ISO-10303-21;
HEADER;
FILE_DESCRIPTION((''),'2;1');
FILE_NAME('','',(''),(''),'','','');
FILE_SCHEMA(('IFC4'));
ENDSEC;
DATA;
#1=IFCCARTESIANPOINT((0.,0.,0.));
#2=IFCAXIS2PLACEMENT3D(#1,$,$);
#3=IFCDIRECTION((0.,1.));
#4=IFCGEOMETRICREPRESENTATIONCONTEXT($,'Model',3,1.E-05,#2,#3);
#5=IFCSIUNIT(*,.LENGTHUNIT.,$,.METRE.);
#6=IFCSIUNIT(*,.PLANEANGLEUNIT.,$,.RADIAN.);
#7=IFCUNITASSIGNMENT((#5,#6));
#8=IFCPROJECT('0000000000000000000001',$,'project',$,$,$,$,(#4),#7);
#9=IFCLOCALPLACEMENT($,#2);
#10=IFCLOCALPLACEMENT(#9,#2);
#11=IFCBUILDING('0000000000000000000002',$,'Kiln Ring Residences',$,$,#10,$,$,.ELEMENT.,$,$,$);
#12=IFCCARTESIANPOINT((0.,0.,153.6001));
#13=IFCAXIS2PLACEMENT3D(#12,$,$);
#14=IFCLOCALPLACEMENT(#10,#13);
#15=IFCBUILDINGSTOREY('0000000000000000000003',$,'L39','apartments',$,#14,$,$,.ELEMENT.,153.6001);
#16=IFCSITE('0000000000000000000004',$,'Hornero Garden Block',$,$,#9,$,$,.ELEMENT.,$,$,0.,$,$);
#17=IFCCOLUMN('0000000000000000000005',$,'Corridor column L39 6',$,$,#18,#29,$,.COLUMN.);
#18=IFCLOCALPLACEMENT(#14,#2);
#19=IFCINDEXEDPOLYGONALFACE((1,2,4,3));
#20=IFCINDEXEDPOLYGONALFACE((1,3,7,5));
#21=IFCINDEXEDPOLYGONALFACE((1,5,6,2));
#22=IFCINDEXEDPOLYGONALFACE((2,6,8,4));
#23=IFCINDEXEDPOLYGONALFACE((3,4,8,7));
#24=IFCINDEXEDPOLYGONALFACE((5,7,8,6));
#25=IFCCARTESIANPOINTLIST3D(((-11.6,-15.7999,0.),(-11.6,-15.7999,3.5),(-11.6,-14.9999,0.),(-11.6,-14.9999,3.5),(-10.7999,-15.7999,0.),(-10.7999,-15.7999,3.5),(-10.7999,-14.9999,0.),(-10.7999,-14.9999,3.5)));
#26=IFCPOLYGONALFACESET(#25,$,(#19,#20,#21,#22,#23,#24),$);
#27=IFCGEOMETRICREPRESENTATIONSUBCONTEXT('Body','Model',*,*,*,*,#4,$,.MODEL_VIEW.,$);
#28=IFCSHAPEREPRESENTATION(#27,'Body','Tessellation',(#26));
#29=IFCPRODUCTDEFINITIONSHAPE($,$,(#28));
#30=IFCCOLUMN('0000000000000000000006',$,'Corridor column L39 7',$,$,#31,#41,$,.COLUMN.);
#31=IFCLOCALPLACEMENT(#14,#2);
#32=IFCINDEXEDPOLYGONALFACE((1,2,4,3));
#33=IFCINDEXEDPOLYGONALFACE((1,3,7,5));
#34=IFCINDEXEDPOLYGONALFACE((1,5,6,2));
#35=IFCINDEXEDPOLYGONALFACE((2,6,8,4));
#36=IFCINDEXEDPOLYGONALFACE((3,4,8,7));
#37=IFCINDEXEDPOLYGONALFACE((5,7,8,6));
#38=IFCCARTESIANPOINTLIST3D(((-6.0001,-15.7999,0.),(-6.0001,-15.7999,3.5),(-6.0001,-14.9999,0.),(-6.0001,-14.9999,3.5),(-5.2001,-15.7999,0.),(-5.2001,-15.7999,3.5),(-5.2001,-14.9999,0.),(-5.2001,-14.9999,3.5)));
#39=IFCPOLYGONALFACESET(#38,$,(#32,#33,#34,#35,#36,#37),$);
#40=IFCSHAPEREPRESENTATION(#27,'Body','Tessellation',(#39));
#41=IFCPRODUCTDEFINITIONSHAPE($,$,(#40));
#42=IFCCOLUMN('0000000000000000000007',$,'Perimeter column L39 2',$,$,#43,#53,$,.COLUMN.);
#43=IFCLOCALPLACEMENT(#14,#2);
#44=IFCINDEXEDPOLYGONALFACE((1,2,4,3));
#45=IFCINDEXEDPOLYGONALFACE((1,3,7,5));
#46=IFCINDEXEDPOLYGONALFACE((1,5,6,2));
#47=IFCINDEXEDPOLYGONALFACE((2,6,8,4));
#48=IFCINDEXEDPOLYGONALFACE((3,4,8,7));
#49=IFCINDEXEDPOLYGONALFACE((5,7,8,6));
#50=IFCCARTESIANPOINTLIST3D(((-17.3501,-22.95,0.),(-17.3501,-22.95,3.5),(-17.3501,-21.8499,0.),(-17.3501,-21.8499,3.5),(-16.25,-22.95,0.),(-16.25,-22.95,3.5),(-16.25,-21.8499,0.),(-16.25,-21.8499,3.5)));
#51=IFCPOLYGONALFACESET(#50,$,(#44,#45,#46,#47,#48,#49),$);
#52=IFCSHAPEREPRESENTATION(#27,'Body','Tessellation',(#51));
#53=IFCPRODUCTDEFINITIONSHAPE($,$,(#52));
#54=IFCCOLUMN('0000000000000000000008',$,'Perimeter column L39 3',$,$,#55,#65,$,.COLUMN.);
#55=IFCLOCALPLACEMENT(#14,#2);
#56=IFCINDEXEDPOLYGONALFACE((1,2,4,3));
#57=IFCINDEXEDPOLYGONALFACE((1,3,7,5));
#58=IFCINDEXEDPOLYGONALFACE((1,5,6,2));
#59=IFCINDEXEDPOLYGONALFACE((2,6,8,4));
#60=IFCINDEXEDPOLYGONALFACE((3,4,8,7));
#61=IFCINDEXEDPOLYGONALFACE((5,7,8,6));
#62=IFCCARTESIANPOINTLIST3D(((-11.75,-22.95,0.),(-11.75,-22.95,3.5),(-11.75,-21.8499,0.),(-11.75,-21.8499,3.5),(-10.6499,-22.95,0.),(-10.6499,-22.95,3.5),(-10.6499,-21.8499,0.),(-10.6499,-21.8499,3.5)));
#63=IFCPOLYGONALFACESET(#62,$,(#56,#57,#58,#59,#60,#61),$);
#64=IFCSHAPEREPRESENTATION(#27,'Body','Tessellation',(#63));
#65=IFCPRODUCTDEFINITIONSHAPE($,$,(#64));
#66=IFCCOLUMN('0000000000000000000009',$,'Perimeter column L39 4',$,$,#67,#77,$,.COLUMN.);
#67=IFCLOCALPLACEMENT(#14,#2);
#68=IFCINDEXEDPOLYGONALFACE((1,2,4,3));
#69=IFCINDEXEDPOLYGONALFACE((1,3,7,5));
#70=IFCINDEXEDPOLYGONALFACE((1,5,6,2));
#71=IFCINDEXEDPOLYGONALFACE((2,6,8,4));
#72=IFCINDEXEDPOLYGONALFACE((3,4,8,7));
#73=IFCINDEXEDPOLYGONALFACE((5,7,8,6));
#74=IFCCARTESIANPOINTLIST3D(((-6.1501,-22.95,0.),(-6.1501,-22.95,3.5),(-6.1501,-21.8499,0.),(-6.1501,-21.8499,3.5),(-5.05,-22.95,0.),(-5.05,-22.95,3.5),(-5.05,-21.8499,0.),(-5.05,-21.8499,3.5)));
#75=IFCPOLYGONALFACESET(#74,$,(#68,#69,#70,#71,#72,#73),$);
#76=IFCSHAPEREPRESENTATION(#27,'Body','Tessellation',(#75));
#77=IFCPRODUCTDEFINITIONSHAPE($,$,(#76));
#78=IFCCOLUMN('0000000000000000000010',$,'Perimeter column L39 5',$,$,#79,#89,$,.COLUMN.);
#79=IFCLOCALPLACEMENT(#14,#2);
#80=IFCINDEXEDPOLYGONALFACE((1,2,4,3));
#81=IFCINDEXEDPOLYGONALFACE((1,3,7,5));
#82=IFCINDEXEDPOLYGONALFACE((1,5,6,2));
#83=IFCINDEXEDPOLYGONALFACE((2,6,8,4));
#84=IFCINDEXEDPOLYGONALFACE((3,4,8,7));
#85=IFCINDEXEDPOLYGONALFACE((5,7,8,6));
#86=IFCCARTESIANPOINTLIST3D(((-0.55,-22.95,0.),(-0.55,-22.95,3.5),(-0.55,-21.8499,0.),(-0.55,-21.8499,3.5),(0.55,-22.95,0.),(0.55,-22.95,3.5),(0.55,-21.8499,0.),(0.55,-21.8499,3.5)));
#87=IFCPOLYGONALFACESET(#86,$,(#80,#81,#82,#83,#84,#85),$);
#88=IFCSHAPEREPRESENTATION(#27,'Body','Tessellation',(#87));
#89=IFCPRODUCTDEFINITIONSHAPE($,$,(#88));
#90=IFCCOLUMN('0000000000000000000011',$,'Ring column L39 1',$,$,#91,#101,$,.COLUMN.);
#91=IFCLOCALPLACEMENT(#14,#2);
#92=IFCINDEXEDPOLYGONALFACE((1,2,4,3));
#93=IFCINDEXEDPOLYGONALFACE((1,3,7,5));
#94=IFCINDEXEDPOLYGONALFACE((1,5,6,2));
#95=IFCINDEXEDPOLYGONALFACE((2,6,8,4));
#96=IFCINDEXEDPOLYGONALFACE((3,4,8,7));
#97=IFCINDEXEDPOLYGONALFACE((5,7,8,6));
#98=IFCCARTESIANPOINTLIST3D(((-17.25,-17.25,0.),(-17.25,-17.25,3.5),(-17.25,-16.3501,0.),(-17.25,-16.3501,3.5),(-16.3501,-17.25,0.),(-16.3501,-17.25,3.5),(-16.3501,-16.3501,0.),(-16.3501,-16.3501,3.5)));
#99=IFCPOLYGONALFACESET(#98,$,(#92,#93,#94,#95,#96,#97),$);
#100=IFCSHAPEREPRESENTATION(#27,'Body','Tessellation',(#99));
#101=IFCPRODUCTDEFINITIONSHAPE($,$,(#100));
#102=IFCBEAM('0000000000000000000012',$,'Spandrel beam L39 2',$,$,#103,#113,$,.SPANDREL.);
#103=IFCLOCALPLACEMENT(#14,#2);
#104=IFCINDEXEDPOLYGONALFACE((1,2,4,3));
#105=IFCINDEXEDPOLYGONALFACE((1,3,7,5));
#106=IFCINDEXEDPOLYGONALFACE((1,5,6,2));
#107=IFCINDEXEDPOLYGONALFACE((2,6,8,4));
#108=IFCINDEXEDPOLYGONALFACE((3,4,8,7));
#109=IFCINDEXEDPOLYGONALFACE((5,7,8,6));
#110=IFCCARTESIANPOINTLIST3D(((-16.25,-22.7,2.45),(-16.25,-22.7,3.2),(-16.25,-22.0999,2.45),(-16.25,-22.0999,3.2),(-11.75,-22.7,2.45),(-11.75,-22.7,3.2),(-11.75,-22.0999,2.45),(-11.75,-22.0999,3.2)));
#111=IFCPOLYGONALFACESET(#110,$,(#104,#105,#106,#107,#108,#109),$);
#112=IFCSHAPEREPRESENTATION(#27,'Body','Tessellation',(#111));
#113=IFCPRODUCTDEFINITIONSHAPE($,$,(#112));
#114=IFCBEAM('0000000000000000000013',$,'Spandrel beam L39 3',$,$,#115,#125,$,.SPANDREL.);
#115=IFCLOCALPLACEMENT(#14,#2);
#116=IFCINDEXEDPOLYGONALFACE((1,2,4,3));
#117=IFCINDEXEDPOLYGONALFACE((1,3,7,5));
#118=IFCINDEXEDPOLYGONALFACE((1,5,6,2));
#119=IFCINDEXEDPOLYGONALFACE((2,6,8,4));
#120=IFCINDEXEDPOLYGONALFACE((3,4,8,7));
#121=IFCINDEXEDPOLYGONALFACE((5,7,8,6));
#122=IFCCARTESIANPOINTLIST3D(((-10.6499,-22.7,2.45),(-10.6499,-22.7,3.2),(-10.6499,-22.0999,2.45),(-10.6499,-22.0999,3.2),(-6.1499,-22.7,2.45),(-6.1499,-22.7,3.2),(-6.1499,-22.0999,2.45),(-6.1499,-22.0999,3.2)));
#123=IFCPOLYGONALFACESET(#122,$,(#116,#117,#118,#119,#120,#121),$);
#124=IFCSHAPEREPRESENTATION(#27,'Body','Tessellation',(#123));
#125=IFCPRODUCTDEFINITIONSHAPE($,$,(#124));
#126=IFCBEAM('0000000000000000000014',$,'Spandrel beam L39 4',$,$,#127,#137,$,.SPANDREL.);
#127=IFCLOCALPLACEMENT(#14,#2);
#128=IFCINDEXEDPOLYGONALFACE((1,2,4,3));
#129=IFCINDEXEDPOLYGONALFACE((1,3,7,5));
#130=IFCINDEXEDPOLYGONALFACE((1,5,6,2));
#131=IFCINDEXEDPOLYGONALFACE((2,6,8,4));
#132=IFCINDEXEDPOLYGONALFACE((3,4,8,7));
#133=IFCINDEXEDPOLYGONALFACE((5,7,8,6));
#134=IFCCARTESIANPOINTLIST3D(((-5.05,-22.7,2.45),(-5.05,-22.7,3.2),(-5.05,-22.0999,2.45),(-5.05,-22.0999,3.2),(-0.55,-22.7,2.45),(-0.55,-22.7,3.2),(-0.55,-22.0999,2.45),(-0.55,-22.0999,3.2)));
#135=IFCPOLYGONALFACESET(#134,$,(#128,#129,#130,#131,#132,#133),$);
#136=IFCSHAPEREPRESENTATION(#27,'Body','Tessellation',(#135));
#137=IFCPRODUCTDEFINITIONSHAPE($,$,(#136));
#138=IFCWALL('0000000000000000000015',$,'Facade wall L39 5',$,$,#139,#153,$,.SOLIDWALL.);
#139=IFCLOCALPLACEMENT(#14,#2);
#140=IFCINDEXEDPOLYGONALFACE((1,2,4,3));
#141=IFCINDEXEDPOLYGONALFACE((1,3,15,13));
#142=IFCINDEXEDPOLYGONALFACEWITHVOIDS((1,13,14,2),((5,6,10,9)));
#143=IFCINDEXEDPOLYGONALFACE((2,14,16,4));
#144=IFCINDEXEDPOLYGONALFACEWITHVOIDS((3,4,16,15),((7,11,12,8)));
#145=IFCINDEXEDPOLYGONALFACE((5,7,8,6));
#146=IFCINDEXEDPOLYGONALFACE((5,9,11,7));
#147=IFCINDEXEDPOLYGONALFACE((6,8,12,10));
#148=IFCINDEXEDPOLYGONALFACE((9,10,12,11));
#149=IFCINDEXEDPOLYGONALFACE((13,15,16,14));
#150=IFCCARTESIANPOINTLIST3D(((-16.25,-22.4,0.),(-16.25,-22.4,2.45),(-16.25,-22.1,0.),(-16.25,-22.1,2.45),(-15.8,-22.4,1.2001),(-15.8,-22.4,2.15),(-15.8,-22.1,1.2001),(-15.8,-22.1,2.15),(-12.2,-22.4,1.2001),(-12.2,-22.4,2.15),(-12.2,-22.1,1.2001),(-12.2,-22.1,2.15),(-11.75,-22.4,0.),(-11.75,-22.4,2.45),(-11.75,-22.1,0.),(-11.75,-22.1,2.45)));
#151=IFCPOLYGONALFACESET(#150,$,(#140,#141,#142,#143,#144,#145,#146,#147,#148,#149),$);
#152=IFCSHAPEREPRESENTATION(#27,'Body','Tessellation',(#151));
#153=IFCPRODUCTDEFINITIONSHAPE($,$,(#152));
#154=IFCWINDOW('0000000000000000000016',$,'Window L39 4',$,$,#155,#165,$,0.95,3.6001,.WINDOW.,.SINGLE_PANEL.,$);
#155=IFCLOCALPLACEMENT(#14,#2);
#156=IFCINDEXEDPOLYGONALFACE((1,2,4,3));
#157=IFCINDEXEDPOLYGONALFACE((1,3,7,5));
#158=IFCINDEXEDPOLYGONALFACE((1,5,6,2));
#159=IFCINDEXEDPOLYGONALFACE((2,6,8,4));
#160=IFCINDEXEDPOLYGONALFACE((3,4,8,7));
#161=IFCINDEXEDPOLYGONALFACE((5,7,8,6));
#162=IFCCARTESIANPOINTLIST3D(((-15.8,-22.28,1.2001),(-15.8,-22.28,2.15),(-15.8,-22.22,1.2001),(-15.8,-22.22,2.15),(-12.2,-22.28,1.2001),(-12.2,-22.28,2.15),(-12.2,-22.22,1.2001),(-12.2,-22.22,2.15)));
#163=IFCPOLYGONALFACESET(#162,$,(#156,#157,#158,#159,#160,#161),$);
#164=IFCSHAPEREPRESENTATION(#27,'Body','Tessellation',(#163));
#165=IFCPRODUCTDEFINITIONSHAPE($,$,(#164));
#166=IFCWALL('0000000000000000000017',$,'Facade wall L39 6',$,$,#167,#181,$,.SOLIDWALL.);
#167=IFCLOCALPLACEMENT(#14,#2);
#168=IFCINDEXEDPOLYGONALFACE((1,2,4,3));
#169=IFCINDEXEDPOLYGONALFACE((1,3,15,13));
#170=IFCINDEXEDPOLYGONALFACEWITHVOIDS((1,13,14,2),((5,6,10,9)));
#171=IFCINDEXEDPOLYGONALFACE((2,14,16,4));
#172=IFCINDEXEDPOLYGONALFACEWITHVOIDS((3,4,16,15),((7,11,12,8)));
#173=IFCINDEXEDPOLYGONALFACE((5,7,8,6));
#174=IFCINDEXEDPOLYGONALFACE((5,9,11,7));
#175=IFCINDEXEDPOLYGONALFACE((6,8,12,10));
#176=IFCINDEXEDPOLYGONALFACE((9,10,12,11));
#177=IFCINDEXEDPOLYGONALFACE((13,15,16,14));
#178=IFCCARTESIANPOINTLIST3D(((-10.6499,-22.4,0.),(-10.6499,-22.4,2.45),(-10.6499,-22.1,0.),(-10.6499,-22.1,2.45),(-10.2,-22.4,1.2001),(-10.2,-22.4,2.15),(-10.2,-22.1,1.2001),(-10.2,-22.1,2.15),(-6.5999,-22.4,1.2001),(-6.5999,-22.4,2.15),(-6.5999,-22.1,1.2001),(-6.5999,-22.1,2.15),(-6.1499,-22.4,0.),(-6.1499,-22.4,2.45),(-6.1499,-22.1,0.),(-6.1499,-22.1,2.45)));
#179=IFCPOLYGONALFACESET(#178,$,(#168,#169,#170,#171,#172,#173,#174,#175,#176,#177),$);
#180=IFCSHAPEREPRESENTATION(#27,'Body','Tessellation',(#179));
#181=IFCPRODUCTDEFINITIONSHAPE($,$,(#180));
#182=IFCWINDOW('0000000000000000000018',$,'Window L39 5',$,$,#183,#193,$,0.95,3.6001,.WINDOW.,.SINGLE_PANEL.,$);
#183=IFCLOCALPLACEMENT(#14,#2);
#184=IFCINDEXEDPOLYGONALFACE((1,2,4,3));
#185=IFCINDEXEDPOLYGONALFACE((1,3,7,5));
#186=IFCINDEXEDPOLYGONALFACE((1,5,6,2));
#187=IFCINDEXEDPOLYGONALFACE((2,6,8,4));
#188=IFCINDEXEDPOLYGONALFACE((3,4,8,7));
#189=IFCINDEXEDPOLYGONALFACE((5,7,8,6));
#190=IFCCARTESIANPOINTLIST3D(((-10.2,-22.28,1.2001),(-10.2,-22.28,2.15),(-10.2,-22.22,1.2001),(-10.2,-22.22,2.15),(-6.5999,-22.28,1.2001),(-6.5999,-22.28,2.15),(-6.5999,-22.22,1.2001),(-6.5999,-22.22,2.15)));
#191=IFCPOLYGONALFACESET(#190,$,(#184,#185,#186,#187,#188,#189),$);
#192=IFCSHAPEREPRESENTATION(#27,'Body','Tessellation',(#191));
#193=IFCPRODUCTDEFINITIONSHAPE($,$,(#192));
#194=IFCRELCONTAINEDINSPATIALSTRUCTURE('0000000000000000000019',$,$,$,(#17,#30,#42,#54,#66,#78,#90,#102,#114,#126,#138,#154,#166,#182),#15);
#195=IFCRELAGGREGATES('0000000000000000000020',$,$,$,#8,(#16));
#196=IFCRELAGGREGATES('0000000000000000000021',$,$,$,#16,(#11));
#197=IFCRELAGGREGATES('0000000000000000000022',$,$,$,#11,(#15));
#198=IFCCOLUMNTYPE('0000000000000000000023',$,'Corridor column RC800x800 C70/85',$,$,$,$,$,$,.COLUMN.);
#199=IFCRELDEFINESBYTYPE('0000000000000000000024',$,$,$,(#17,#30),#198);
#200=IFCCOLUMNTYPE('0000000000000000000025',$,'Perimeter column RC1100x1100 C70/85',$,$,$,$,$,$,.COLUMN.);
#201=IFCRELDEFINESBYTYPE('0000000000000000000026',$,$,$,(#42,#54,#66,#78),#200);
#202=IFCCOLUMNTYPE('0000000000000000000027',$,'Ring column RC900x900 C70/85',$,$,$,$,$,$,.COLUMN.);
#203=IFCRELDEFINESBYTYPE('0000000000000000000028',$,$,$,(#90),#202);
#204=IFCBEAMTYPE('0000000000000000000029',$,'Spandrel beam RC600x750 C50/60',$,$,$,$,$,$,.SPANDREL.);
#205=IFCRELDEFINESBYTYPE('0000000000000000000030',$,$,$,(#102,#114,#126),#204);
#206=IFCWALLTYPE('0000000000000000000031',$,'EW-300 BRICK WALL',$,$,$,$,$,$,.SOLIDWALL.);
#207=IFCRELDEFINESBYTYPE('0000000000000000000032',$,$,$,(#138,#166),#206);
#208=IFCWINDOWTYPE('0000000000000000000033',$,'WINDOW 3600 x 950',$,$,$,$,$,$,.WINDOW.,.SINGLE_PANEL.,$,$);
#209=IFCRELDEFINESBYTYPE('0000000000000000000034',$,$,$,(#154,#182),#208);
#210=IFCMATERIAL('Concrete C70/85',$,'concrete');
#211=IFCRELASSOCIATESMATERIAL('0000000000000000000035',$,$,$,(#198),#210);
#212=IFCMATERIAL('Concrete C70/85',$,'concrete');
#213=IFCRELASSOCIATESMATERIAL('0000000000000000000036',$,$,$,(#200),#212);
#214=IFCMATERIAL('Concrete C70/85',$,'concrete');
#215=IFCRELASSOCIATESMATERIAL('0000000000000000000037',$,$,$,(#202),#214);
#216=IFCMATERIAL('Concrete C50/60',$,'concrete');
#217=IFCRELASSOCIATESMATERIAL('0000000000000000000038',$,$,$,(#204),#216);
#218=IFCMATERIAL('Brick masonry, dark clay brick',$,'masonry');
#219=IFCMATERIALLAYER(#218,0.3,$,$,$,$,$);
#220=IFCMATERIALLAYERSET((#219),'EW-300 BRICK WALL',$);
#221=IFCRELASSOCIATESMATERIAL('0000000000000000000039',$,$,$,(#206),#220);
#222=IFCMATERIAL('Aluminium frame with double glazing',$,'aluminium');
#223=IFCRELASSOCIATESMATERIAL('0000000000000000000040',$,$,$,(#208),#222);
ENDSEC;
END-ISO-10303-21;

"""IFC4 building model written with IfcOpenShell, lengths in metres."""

from ifc_helpers import new_model, si_unit, direction, frame, frame_2d, origin, origin_2d, place, context, subcontext, project, spatial, rectangle, extrude, material, layer, layer_set, material_profile, profile_set, type_object, element, fill, save


model = new_model("IFC4")

# Units and contexts
model_context = context("Model", 3, precision=1e-05, world=origin(), true_north=direction((0.0, 1.0)))
body_context = subcontext(model_context, "Body", "Model", "MODEL_VIEW")
ifc_project = project(units=[si_unit("LENGTHUNIT", "METRE"), si_unit("PLANEANGLEUNIT", "RADIAN")], contexts=[model_context])

# Site, building, storey
site_placement = place(None, origin())
site = spatial("IfcSite", under=ifc_project, at=site_placement, Name="Hornero Garden Block", CompositionType="ELEMENT", RefElevation=0.0)
building_placement = place(site_placement, origin())
building = spatial("IfcBuilding", under=site, at=building_placement, Name="Kiln Ring Residences", CompositionType="ELEMENT")
storey_placement = place(building_placement, frame((0.0, 0.0, 153.6001)))
storey = spatial("IfcBuildingStorey", under=building, at=storey_placement, Name="L39", Description="apartments", CompositionType="ELEMENT", Elevation=153.6001)

# Columns
ifc_material_1 = material(Name="Concrete C70/85", Category="concrete")
ifc_material_profile_1 = material_profile(ifc_material_1, rectangle(XDim=0.8, YDim=0.8, at=origin_2d()), Name="RC800x800")
ifc_profile_set_1 = profile_set([ifc_material_profile_1], Name="Concrete C70/85")
column_type_1 = type_object("IfcColumnType", Name="Corridor column RC800x800 C70/85", PredefinedType="COLUMN", material=ifc_profile_set_1)
for number, where, z_axis, x_axis, name in (
    (1, (-11.2, -15.3999, 0.0), (0.0, 0.0, 1.0), (1.0, 0.0, 0.0), "Corridor column L39 6"),
    (2, (-5.6001, -15.3999, 0.0), (0.0, 0.0, 1.0), (1.0, 0.0, 0.0), "Corridor column L39 7"),
):
    element("IfcColumn", number, at=place(storey_placement, frame(where, z_axis=z_axis, x_axis=x_axis)), inside=storey, type_object=column_type_1, Name=name, PredefinedType="COLUMN", context=body_context, shape_type="SweptSolid", body=[
        extrude(rectangle(XDim=0.8, YDim=0.8, at=origin_2d()), origin(), (0.0, 0.0, 1.0), 3.5),
    ])
ifc_material_2 = material(Name="Concrete C70/85", Category="concrete")
ifc_material_profile_2 = material_profile(ifc_material_2, rectangle(XDim=1.1001, YDim=1.1001, at=origin_2d()), Name="RC1100x1100")
ifc_profile_set_2 = profile_set([ifc_material_profile_2], Name="Concrete C70/85")
column_type_2 = type_object("IfcColumnType", Name="Perimeter column RC1100x1100 C70/85", PredefinedType="COLUMN", material=ifc_profile_set_2)
for number, where, z_axis, x_axis, name in (
    (3, (-16.8, -22.3999, 0.0), (0.0, 0.0, 1.0), (1.0, 0.0, 0.0), "Perimeter column L39 2"),
    (4, (-11.2, -22.3999, 0.0), (0.0, 0.0, 1.0), (1.0, 0.0, 0.0), "Perimeter column L39 3"),
    (5, (-5.6001, -22.3999, 0.0), (0.0, 0.0, 1.0), (1.0, 0.0, 0.0), "Perimeter column L39 4"),
    (6, (0.0, -22.3999, 0.0), (0.0, 0.0, 1.0), (1.0, 0.0, 0.0), "Perimeter column L39 5"),
):
    element("IfcColumn", number, at=place(storey_placement, frame(where, z_axis=z_axis, x_axis=x_axis)), inside=storey, type_object=column_type_2, Name=name, PredefinedType="COLUMN", context=body_context, shape_type="SweptSolid", body=[
        extrude(rectangle(XDim=1.1001, YDim=1.1001, at=origin_2d()), origin(), (0.0, 0.0, 1.0), 3.5),
    ])
ifc_material_3 = material(Name="Concrete C70/85", Category="concrete")
ifc_material_profile_3 = material_profile(ifc_material_3, rectangle(XDim=0.8999, YDim=0.8999, at=origin_2d()), Name="RC900x900")
ifc_profile_set_3 = profile_set([ifc_material_profile_3], Name="Concrete C70/85")
column_type_3 = type_object("IfcColumnType", Name="Ring column RC900x900 C70/85", PredefinedType="COLUMN", material=ifc_profile_set_3)
column_placement = place(storey_placement, frame((-16.8, -16.8, 0.0), z_axis=(0.0, 0.0, 1.0), x_axis=(1.0, 0.0, 0.0)))
element("IfcColumn", 7, at=column_placement, inside=storey, type_object=column_type_3, Name="Ring column L39 1", PredefinedType="COLUMN", context=body_context, shape_type="SweptSolid", body=[
    extrude(rectangle(XDim=0.8999, YDim=0.8999, at=origin_2d()), origin(), (0.0, 0.0, 1.0), 3.5),
])

# Beams
ifc_material_4 = material(Name="Concrete C50/60", Category="concrete")
ifc_material_profile_4 = material_profile(ifc_material_4, rectangle(XDim=0.6001, YDim=0.75, at=origin_2d()), Name="RC600x750")
ifc_profile_set_4 = profile_set([ifc_material_profile_4], Name="Concrete C50/60")
beam_type = type_object("IfcBeamType", Name="Spandrel beam RC600x750 C50/60", PredefinedType="SPANDREL", material=ifc_profile_set_4)
for number, where, z_axis, x_axis, name in (
    (8, (-16.25, -22.3999, 2.825), (1.0, 0.0, 0.0), (0.0, 1.0, 0.0), "Spandrel beam L39 2"),
    (9, (-10.6499, -22.3999, 2.825), (1.0, 0.0, 0.0), (0.0, 1.0, 0.0), "Spandrel beam L39 3"),
    (10, (-5.05, -22.3999, 2.825), (1.0, 0.0, 0.0), (0.0, 1.0, 0.0), "Spandrel beam L39 4"),
):
    element("IfcBeam", number, at=place(storey_placement, frame(where, z_axis=z_axis, x_axis=x_axis)), inside=storey, type_object=beam_type, Name=name, PredefinedType="SPANDREL", context=body_context, shape_type="SweptSolid", body=[
        extrude(rectangle(XDim=0.6001, YDim=0.75, at=origin_2d()), origin(), (0.0, 0.0, 1.0), 4.5),
    ])

# Walls, openings, windows
ifc_material_5 = material(Name="Brick masonry, dark clay brick", Category="masonry")
ifc_layer_1 = layer(ifc_material_5, 0.3)
ifc_layer_set_1 = layer_set([ifc_layer_1], Name="EW-300 BRICK WALL")
wall_type_1 = type_object("IfcWallType", Name="EW-300 BRICK WALL", PredefinedType="SOLIDWALL", material=ifc_layer_set_1)
wall_1_placement = place(storey_placement, frame((-16.25, -22.25, 0.0), z_axis=(0.0, 0.0, 1.0), x_axis=(1.0, 0.0, 0.0)))
wall_1 = element("IfcWall", 11, at=wall_1_placement, inside=storey, type_object=wall_type_1, Name="Facade wall L39 5", PredefinedType="SOLIDWALL", context=body_context, shape_type="SweptSolid", body=[
    extrude(rectangle(XDim=4.5, YDim=0.3, at=frame_2d((2.25, 0.0))), origin(), (0.0, 0.0, 1.0), 2.45),
])
opening_1_placement = place(wall_1_placement, frame((0.45, 0.0, 1.2)))
opening_1 = element("IfcOpeningElement", 12, at=opening_1_placement, cuts=wall_1, PredefinedType="OPENING", context=body_context, shape_type="SweptSolid", body=[
    extrude(rectangle(XDim=3.6001, YDim=0.95, at=frame_2d((1.8, 0.4751))), frame((0.0, 0.1599, 0.0), z_axis=(0.0, -1.0, 0.0), x_axis=(1.0, 0.0, 0.0)), (0.0, 0.0, 1.0), 0.3201),
])
ifc_material_6 = material(Name="Aluminium frame with double glazing", Category="aluminium")
window_type = type_object("IfcWindowType", Name="WINDOW 3600 x 950", PartitioningType="SINGLE_PANEL", PredefinedType="WINDOW", material=ifc_material_6)
window_1_placement = place(opening_1_placement, origin())
window_1 = element("IfcWindow", 13, at=window_1_placement, inside=storey, type_object=window_type, Name="Window L39 4", OverallHeight=0.95, OverallWidth=3.6001, PartitioningType="SINGLE_PANEL", PredefinedType="WINDOW", context=body_context, shape_type="SweptSolid", body=[
    extrude(rectangle(XDim=3.6001, YDim=0.95, at=frame_2d((1.8, 0.4751))), frame((0.0, 0.03, 0.0), z_axis=(0.0, -1.0, 0.0), x_axis=(1.0, 0.0, 0.0)), (0.0, 0.0, 1.0), 0.0601),
])
fill(opening_1, window_1)
wall_2_placement = place(storey_placement, frame((-10.6499, -22.25, 0.0), z_axis=(0.0, 0.0, 1.0), x_axis=(1.0, 0.0, 0.0)))
wall_2 = element("IfcWall", 14, at=wall_2_placement, inside=storey, type_object=wall_type_1, Name="Facade wall L39 6", PredefinedType="SOLIDWALL", context=body_context, shape_type="SweptSolid", body=[
    extrude(rectangle(XDim=4.5, YDim=0.3, at=frame_2d((2.25, 0.0))), origin(), (0.0, 0.0, 1.0), 2.45),
])
opening_2_placement = place(wall_2_placement, frame((0.45, 0.0, 1.2)))
opening_2 = element("IfcOpeningElement", 15, at=opening_2_placement, cuts=wall_2, PredefinedType="OPENING", context=body_context, shape_type="SweptSolid", body=[
    extrude(rectangle(XDim=3.6001, YDim=0.95, at=frame_2d((1.8, 0.4751))), frame((0.0, 0.1599, 0.0), z_axis=(0.0, -1.0, 0.0), x_axis=(1.0, 0.0, 0.0)), (0.0, 0.0, 1.0), 0.3201),
])
window_2_placement = place(opening_2_placement, origin())
window_2 = element("IfcWindow", 16, at=window_2_placement, inside=storey, type_object=window_type, Name="Window L39 5", OverallHeight=0.95, OverallWidth=3.6001, PartitioningType="SINGLE_PANEL", PredefinedType="WINDOW", context=body_context, shape_type="SweptSolid", body=[
    extrude(rectangle(XDim=3.6001, YDim=0.95, at=frame_2d((1.8, 0.4751))), frame((0.0, 0.03, 0.0), z_axis=(0.0, -1.0, 0.0), x_axis=(1.0, 0.0, 0.0)), (0.0, 0.0, 1.0), 0.0601),
])
fill(opening_2, window_2)

save(model, "model.ifc")
